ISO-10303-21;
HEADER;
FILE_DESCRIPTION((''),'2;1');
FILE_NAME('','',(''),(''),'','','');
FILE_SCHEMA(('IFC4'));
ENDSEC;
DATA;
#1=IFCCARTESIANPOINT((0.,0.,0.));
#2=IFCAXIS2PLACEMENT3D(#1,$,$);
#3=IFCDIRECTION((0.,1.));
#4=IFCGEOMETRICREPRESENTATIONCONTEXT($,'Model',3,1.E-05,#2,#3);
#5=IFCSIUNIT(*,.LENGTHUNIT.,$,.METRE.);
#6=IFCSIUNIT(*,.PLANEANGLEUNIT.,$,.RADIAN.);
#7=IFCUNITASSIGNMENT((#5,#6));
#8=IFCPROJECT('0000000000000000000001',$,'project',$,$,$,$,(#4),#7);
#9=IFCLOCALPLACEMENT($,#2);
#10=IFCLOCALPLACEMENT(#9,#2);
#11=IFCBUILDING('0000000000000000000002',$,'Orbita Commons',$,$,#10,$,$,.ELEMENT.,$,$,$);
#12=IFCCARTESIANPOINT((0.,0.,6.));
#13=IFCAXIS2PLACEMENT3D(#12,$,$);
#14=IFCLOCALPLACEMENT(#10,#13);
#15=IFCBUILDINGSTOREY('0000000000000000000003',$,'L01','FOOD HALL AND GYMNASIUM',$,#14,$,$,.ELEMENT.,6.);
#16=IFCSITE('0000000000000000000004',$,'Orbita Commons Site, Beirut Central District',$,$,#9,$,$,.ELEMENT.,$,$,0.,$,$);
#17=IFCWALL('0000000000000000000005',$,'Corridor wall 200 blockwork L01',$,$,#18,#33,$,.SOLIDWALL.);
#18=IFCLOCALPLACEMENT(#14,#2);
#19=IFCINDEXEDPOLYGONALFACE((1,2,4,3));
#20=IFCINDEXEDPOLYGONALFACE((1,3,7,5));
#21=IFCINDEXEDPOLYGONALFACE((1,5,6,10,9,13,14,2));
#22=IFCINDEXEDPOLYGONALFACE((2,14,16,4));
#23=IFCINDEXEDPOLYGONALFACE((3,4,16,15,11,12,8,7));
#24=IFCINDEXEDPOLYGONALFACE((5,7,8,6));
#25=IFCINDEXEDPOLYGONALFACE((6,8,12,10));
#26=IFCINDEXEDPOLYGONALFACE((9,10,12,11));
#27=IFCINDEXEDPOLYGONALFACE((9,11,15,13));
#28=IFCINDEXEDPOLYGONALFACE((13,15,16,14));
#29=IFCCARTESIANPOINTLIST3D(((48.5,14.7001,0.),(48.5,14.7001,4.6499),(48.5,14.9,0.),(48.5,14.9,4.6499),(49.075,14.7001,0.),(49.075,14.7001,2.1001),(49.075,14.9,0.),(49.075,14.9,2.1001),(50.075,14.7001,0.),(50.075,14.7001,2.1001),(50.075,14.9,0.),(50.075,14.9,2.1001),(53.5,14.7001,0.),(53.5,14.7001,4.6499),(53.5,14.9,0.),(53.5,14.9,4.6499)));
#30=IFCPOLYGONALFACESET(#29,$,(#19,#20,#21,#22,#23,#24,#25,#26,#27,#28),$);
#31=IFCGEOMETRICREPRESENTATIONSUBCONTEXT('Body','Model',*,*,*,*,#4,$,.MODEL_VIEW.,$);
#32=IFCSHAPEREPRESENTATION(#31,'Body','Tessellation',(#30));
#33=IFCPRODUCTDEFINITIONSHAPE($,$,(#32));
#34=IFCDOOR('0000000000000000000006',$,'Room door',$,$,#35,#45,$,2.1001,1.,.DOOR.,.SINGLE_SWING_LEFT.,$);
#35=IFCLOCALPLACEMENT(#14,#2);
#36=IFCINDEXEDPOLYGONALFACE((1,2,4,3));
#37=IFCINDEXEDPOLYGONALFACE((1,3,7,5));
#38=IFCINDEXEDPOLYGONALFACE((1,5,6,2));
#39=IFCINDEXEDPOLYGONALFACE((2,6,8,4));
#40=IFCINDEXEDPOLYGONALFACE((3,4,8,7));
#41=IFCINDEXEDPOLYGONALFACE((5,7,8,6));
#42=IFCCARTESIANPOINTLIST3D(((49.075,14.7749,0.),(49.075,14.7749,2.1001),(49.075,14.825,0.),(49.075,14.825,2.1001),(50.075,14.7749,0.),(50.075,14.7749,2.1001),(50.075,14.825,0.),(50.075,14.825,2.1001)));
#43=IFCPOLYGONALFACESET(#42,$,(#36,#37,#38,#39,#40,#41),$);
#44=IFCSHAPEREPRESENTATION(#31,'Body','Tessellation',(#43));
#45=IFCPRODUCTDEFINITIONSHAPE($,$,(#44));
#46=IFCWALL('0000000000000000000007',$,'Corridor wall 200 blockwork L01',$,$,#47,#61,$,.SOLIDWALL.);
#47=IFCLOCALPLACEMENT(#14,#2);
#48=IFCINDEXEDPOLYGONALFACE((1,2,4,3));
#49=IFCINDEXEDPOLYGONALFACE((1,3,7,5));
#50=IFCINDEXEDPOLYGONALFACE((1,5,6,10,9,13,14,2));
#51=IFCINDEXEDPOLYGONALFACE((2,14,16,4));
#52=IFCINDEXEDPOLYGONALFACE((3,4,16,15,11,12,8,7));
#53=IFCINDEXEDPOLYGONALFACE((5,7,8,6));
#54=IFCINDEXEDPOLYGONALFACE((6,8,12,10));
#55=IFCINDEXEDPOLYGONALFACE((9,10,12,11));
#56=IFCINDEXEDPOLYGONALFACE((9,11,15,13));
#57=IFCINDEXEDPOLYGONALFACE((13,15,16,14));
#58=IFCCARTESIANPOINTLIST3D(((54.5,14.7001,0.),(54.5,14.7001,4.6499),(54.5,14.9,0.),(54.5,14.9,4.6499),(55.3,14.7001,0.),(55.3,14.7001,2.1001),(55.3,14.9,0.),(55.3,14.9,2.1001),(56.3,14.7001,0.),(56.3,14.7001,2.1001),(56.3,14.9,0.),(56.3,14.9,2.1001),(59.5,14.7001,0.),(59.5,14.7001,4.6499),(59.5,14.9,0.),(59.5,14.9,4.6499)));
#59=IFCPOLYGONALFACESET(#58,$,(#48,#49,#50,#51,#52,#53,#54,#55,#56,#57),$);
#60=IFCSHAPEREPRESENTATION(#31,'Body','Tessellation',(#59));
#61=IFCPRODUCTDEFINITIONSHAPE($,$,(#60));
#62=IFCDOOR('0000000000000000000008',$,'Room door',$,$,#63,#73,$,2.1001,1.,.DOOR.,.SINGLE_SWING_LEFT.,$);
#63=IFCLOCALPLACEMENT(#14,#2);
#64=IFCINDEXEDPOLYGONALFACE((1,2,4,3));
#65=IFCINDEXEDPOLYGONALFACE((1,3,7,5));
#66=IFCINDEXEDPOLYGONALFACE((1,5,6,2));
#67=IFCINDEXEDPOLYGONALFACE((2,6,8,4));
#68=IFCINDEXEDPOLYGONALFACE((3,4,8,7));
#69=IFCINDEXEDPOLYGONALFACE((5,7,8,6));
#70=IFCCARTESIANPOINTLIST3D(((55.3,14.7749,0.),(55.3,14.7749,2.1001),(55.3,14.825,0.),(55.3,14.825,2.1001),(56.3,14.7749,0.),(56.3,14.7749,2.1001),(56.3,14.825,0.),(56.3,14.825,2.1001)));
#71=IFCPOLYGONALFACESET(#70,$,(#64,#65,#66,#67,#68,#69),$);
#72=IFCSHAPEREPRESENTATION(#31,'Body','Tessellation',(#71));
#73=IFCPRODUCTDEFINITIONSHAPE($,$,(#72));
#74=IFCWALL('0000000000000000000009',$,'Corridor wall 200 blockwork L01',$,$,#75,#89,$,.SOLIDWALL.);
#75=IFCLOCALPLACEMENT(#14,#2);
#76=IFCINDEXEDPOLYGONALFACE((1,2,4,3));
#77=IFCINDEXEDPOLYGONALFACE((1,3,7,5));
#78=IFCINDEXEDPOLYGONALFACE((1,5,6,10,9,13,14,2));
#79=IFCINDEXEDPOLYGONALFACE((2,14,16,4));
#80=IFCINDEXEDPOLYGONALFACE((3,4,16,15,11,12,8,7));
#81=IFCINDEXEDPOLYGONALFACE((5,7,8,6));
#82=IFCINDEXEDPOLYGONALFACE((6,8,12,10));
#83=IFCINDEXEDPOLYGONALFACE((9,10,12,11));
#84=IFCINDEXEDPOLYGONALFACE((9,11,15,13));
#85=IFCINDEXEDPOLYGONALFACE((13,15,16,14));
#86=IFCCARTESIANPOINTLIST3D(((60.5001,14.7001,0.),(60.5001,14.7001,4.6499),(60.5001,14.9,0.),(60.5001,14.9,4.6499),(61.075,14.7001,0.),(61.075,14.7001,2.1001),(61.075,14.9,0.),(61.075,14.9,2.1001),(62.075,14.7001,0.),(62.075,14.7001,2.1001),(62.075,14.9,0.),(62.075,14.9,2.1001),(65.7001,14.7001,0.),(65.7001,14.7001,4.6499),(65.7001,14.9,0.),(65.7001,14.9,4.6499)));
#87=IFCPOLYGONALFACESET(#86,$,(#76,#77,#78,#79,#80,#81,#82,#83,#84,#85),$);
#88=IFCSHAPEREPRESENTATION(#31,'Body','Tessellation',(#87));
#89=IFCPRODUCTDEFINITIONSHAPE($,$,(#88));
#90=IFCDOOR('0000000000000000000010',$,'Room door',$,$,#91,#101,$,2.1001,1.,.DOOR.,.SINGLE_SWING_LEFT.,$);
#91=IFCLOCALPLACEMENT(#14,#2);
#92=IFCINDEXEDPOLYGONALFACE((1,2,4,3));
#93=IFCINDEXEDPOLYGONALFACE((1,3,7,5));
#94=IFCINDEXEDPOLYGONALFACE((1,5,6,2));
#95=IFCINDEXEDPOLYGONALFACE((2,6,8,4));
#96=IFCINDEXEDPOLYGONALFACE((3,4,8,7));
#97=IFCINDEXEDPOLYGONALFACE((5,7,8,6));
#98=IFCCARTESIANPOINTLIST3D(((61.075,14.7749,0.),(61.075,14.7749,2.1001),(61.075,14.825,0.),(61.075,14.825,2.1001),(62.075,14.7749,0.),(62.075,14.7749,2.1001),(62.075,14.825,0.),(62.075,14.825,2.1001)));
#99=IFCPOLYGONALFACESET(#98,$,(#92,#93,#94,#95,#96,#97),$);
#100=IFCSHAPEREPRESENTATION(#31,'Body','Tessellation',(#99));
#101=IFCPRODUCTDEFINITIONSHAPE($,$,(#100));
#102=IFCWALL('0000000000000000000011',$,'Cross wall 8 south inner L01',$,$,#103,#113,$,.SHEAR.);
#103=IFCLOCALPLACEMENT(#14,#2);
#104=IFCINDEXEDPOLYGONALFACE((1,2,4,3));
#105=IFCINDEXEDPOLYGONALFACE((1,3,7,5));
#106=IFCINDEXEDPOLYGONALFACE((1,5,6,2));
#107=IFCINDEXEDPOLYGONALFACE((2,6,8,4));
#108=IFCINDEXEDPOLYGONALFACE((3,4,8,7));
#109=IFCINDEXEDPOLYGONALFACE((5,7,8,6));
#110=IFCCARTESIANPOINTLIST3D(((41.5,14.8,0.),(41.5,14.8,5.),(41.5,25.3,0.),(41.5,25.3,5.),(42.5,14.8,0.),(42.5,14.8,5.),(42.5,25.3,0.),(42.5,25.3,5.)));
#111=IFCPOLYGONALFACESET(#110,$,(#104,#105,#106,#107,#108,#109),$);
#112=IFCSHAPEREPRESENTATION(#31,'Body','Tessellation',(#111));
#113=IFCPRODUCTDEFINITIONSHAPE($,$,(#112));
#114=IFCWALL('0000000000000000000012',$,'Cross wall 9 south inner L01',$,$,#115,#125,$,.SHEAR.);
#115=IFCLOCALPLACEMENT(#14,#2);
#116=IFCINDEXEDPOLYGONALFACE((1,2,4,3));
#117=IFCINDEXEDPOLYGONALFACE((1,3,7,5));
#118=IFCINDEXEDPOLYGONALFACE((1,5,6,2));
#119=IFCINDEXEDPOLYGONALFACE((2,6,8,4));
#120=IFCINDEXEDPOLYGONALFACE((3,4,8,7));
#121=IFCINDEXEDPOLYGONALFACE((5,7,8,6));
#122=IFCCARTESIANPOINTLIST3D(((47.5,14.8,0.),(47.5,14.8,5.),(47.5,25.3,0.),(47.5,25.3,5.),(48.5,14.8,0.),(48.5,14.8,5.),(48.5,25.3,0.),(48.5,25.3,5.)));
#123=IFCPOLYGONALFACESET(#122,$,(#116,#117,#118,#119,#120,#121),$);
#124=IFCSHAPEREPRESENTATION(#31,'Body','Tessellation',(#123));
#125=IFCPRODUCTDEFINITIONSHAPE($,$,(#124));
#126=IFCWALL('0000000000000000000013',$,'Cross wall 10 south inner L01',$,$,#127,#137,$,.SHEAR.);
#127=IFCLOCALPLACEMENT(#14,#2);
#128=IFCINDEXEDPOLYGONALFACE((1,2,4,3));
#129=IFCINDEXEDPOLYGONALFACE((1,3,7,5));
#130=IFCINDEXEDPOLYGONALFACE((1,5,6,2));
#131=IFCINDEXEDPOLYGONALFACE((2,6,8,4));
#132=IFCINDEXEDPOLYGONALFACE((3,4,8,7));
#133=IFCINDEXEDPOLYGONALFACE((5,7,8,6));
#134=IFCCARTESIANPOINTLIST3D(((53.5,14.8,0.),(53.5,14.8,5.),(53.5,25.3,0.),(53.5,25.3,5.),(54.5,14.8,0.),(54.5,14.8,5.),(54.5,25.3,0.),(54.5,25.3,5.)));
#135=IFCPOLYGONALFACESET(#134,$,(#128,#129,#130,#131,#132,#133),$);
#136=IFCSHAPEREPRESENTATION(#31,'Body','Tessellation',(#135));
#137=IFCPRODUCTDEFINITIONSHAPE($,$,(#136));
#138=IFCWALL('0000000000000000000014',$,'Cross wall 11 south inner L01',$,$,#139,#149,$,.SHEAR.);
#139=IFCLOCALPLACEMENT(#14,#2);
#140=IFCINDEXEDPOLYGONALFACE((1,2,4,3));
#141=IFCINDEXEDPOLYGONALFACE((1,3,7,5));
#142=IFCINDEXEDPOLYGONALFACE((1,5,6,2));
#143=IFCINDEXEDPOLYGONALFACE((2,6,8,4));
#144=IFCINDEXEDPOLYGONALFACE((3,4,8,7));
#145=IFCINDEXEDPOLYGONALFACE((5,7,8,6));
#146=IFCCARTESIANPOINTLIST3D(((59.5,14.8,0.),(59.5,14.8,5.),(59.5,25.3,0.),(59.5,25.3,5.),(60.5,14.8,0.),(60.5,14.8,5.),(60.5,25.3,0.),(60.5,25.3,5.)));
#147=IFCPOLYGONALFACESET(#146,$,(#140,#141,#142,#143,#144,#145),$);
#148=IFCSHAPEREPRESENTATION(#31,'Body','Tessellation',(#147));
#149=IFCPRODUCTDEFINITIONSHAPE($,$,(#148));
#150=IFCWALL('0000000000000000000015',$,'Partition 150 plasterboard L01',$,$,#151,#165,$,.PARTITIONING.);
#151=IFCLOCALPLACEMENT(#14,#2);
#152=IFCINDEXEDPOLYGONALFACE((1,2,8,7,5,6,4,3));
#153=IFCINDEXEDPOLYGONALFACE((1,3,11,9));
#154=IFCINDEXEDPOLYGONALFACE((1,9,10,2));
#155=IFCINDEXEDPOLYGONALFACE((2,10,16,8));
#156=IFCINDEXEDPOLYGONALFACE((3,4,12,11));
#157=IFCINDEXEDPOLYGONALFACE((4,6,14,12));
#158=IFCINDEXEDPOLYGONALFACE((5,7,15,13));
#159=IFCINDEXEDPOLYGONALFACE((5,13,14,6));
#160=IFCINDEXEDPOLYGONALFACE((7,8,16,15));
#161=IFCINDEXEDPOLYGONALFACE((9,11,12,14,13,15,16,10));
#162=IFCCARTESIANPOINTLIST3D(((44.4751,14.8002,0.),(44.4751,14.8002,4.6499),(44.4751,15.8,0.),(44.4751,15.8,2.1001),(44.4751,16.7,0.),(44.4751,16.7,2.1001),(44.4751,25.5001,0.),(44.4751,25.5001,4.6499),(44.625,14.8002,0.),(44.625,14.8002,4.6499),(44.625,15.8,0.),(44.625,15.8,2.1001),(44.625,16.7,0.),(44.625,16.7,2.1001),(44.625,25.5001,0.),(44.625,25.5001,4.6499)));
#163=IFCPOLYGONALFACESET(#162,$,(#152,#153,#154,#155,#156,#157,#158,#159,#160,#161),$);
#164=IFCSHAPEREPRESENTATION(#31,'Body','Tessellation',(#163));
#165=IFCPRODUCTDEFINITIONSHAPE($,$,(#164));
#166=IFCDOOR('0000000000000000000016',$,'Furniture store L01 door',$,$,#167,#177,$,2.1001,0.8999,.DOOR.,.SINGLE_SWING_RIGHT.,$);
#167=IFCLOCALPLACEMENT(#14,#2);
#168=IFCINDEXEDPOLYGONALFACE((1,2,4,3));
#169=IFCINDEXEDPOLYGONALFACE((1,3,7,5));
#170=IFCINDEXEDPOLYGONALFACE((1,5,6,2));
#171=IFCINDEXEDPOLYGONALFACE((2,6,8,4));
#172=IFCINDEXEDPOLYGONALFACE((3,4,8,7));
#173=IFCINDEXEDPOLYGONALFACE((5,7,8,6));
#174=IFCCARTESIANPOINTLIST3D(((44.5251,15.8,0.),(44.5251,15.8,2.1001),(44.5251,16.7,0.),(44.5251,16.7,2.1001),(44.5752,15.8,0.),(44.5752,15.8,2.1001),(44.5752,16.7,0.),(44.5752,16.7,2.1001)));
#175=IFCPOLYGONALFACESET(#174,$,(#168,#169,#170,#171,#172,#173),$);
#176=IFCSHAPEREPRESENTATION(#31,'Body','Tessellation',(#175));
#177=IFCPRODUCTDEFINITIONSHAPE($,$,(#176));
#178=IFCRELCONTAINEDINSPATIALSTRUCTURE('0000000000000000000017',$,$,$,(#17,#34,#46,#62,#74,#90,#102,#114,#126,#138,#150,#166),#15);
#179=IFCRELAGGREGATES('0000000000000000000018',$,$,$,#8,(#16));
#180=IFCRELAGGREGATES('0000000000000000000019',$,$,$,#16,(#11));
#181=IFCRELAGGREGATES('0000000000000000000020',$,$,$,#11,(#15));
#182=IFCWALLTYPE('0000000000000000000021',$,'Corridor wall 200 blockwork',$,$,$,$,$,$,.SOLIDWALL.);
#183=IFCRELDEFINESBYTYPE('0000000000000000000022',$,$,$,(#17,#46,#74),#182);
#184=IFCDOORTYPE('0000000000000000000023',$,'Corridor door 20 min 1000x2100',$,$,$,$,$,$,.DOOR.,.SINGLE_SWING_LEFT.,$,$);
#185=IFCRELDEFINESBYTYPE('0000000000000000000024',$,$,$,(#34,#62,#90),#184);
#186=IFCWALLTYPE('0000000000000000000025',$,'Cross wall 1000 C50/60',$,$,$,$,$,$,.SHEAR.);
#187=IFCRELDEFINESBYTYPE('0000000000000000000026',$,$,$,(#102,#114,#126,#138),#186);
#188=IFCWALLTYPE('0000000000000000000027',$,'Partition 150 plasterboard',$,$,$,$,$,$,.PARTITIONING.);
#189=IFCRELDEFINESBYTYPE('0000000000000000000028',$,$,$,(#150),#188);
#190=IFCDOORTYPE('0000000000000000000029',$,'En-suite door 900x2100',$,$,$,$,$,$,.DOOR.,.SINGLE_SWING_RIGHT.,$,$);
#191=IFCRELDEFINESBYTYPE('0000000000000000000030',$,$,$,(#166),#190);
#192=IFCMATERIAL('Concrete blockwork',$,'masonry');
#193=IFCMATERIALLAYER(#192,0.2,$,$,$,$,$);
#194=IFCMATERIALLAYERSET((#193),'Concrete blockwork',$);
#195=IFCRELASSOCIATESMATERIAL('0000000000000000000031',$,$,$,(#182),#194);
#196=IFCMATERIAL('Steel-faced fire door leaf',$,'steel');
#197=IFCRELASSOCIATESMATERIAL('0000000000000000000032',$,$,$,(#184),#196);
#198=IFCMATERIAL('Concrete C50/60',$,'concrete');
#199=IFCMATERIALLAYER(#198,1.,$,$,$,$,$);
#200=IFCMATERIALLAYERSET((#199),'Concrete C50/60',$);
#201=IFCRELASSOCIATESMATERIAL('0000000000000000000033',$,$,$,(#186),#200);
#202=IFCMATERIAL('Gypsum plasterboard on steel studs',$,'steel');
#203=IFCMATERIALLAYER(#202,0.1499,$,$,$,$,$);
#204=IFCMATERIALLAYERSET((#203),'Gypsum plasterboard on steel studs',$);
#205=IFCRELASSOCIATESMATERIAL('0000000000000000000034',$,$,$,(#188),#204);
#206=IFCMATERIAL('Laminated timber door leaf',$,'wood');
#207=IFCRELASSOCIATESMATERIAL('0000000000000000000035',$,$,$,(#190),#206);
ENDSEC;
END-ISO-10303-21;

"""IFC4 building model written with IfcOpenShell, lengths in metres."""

from ifc_helpers import new_model, si_unit, direction, frame, frame_2d, origin, place, context, subcontext, project, spatial, rectangle, extrude, material, layer, layer_set, type_object, element, fill, save


model = new_model("IFC4")

# Units and contexts
model_context = context("Model", 3, precision=1e-05, world=origin(), true_north=direction((0.0, 1.0)))
body_context = subcontext(model_context, "Body", "Model", "MODEL_VIEW")
ifc_project = project(units=[si_unit("LENGTHUNIT", "METRE"), si_unit("PLANEANGLEUNIT", "RADIAN")], contexts=[model_context])

# Site, building, storey
site_placement = place(None, origin())
site = spatial("IfcSite", under=ifc_project, at=site_placement, Name="Orbita Commons Site, Beirut Central District", CompositionType="ELEMENT", RefElevation=0.0)
building_placement = place(site_placement, origin())
building = spatial("IfcBuilding", under=site, at=building_placement, Name="Orbita Commons", CompositionType="ELEMENT")
storey_placement = place(building_placement, frame((0.0, 0.0, 6.0)))
storey = spatial("IfcBuildingStorey", under=building, at=storey_placement, Name="L01", Description="FOOD HALL AND GYMNASIUM", CompositionType="ELEMENT", Elevation=6.0)

# Walls, openings, doors
ifc_material_1 = material(Name="Concrete blockwork", Category="masonry")
ifc_layer_1 = layer(ifc_material_1, 0.2)
ifc_layer_set_1 = layer_set([ifc_layer_1], Name="Concrete blockwork")
wall_type_1 = type_object("IfcWallType", Name="Corridor wall 200 blockwork", PredefinedType="SOLIDWALL", material=ifc_layer_set_1)
ifc_material_2 = material(Name="Steel-faced fire door leaf", Category="steel")
door_type_1 = type_object("IfcDoorType", Name="Corridor door 20 min 1000x2100", OperationType="SINGLE_SWING_LEFT", PredefinedType="DOOR", material=ifc_material_2)
wall_1_placement = place(storey_placement, frame((48.5, 14.8, 0.0), z_axis=(0.0, 0.0, 1.0), x_axis=(1.0, 0.0, 0.0)))
wall_1 = element("IfcWall", 1, at=wall_1_placement, inside=storey, type_object=wall_type_1, Name="Corridor wall 200 blockwork L01", PredefinedType="SOLIDWALL", context=body_context, shape_type="SweptSolid", body=[
    extrude(rectangle(XDim=5.0, YDim=0.2, at=frame_2d((2.5, 0.0))), origin(), (0.0, 0.0, 1.0), 4.6499),
])
opening_1_placement = place(wall_1_placement, frame((0.575, 0.0, 0.0)))
opening_1 = element("IfcOpeningElement", 2, at=opening_1_placement, cuts=wall_1, PredefinedType="OPENING", context=body_context, shape_type="SweptSolid", body=[
    extrude(rectangle(XDim=1.0, YDim=2.1001, at=frame_2d((0.5, 1.05))), frame((0.0, 0.1099, 0.0), z_axis=(0.0, -1.0, 0.0), x_axis=(1.0, 0.0, 0.0)), (0.0, 0.0, 1.0), 0.22),
])
door_1_placement = place(opening_1_placement, origin())
door_1 = element("IfcDoor", 3, at=door_1_placement, inside=storey, type_object=door_type_1, Name="Room door", OperationType="SINGLE_SWING_LEFT", OverallHeight=2.1001, OverallWidth=1.0, PredefinedType="DOOR", context=body_context, shape_type="SweptSolid", body=[
    extrude(rectangle(XDim=1.0, YDim=2.1001, at=frame_2d((0.5, 1.05))), frame((0.0, 0.0249, 0.0), z_axis=(0.0, -1.0, 0.0), x_axis=(1.0, 0.0, 0.0)), (0.0, 0.0, 1.0), 0.05),
])
fill(opening_1, door_1)
wall_2_placement = place(storey_placement, frame((54.5, 14.8, 0.0), z_axis=(0.0, 0.0, 1.0), x_axis=(1.0, 0.0, 0.0)))
wall_2 = element("IfcWall", 4, at=wall_2_placement, inside=storey, type_object=wall_type_1, Name="Corridor wall 200 blockwork L01", PredefinedType="SOLIDWALL", context=body_context, shape_type="SweptSolid", body=[
    extrude(rectangle(XDim=5.0, YDim=0.2, at=frame_2d((2.5, 0.0))), origin(), (0.0, 0.0, 1.0), 4.6499),
])
opening_2_placement = place(wall_2_placement, frame((0.8, 0.0, 0.0)))
opening_2 = element("IfcOpeningElement", 5, at=opening_2_placement, cuts=wall_2, PredefinedType="OPENING", context=body_context, shape_type="SweptSolid", body=[
    extrude(rectangle(XDim=1.0, YDim=2.1001, at=frame_2d((0.5, 1.05))), frame((0.0, 0.1099, 0.0), z_axis=(0.0, -1.0, 0.0), x_axis=(1.0, 0.0, 0.0)), (0.0, 0.0, 1.0), 0.22),
])
door_2_placement = place(opening_2_placement, origin())
door_2 = element("IfcDoor", 6, at=door_2_placement, inside=storey, type_object=door_type_1, Name="Room door", OperationType="SINGLE_SWING_LEFT", OverallHeight=2.1001, OverallWidth=1.0, PredefinedType="DOOR", context=body_context, shape_type="SweptSolid", body=[
    extrude(rectangle(XDim=1.0, YDim=2.1001, at=frame_2d((0.5, 1.05))), frame((0.0, 0.0249, 0.0), z_axis=(0.0, -1.0, 0.0), x_axis=(1.0, 0.0, 0.0)), (0.0, 0.0, 1.0), 0.05),
])
fill(opening_2, door_2)
wall_3_placement = place(storey_placement, frame((60.5, 14.8, 0.0), z_axis=(0.0, 0.0, 1.0), x_axis=(1.0, 0.0, 0.0)))
wall_3 = element("IfcWall", 7, at=wall_3_placement, inside=storey, type_object=wall_type_1, Name="Corridor wall 200 blockwork L01", PredefinedType="SOLIDWALL", context=body_context, shape_type="SweptSolid", body=[
    extrude(rectangle(XDim=5.2, YDim=0.2, at=frame_2d((2.6001, 0.0))), origin(), (0.0, 0.0, 1.0), 4.6499),
])
opening_3_placement = place(wall_3_placement, frame((0.575, 0.0, 0.0)))
opening_3 = element("IfcOpeningElement", 8, at=opening_3_placement, cuts=wall_3, PredefinedType="OPENING", context=body_context, shape_type="SweptSolid", body=[
    extrude(rectangle(XDim=1.0, YDim=2.1001, at=frame_2d((0.5, 1.05))), frame((0.0, 0.1099, 0.0), z_axis=(0.0, -1.0, 0.0), x_axis=(1.0, 0.0, 0.0)), (0.0, 0.0, 1.0), 0.22),
])
door_3_placement = place(opening_3_placement, origin())
door_3 = element("IfcDoor", 9, at=door_3_placement, inside=storey, type_object=door_type_1, Name="Room door", OperationType="SINGLE_SWING_LEFT", OverallHeight=2.1001, OverallWidth=1.0, PredefinedType="DOOR", context=body_context, shape_type="SweptSolid", body=[
    extrude(rectangle(XDim=1.0, YDim=2.1001, at=frame_2d((0.5, 1.05))), frame((0.0, 0.0249, 0.0), z_axis=(0.0, -1.0, 0.0), x_axis=(1.0, 0.0, 0.0)), (0.0, 0.0, 1.0), 0.05),
])
fill(opening_3, door_3)

# Walls
ifc_material_3 = material(Name="Concrete C50/60", Category="concrete")
ifc_layer_2 = layer(ifc_material_3, 1.0)
ifc_layer_set_2 = layer_set([ifc_layer_2], Name="Concrete C50/60")
wall_type_2 = type_object("IfcWallType", Name="Cross wall 1000 C50/60", PredefinedType="SHEAR", material=ifc_layer_set_2)
for number, where, z_axis, x_axis, name in (
    (10, (42.0, 14.8, 0.0), (0.0, 0.0, 1.0), (0.0, 1.0, 0.0), "Cross wall 8 south inner L01"),
    (11, (48.0, 14.8, 0.0), (0.0, 0.0, 1.0), (0.0, 1.0, 0.0), "Cross wall 9 south inner L01"),
    (12, (54.0, 14.8, 0.0), (0.0, 0.0, 1.0), (0.0, 1.0, 0.0), "Cross wall 10 south inner L01"),
    (13, (60.0, 14.8, 0.0), (0.0, 0.0, 1.0), (0.0, 1.0, 0.0), "Cross wall 11 south inner L01"),
):
    element("IfcWall", number, at=place(storey_placement, frame(where, z_axis=z_axis, x_axis=x_axis)), inside=storey, type_object=wall_type_2, Name=name, PredefinedType="SHEAR", context=body_context, shape_type="SweptSolid", body=[
        extrude(rectangle(XDim=10.5, YDim=1.0, at=frame_2d((5.25, 0.0))), origin(), (0.0, 0.0, 1.0), 5.0),
    ])

# Wall, opening, door
ifc_material_4 = material(Name="Gypsum plasterboard on steel studs", Category="steel")
ifc_layer_3 = layer(ifc_material_4, 0.1499)
ifc_layer_set_3 = layer_set([ifc_layer_3], Name="Gypsum plasterboard on steel studs")
wall_type_3 = type_object("IfcWallType", Name="Partition 150 plasterboard", PredefinedType="PARTITIONING", material=ifc_layer_set_3)
wall_4_placement = place(storey_placement, frame((44.55, 14.8, 0.0), z_axis=(0.0, 0.0, 1.0), x_axis=(0.0, 1.0, 0.0)))
wall_4 = element("IfcWall", 14, at=wall_4_placement, inside=storey, type_object=wall_type_3, Name="Partition 150 plasterboard L01", PredefinedType="PARTITIONING", context=body_context, shape_type="SweptSolid", body=[
    extrude(rectangle(XDim=10.7, YDim=0.1499, at=frame_2d((5.3501, 0.0))), origin(), (0.0, 0.0, 1.0), 4.6499),
])
opening_4_placement = place(wall_4_placement, frame((1.0, 0.0, 0.0)))
opening_4 = element("IfcOpeningElement", 15, at=opening_4_placement, cuts=wall_4, PredefinedType="OPENING", context=body_context, shape_type="SweptSolid", body=[
    extrude(rectangle(XDim=0.8999, YDim=2.1001, at=frame_2d((0.45, 1.05))), frame((0.0, 0.085, 0.0), z_axis=(0.0, -1.0, 0.0), x_axis=(1.0, 0.0, 0.0)), (0.0, 0.0, 1.0), 0.1699),
])
ifc_material_5 = material(Name="Laminated timber door leaf", Category="wood")
door_type_2 = type_object("IfcDoorType", Name="En-suite door 900x2100", OperationType="SINGLE_SWING_RIGHT", PredefinedType="DOOR", material=ifc_material_5)
door_4_placement = place(opening_4_placement, origin())
door_4 = element("IfcDoor", 16, at=door_4_placement, inside=storey, type_object=door_type_2, Name="Furniture store L01 door", OperationType="SINGLE_SWING_RIGHT", OverallHeight=2.1001, OverallWidth=0.8999, PredefinedType="DOOR", context=body_context, shape_type="SweptSolid", body=[
    extrude(rectangle(XDim=0.8999, YDim=2.1001, at=frame_2d((0.45, 1.05))), frame((0.0, 0.0249, 0.0), z_axis=(0.0, -1.0, 0.0), x_axis=(1.0, 0.0, 0.0)), (0.0, 0.0, 1.0), 0.05),
])
fill(opening_4, door_4)

save(model, "model.ifc")
